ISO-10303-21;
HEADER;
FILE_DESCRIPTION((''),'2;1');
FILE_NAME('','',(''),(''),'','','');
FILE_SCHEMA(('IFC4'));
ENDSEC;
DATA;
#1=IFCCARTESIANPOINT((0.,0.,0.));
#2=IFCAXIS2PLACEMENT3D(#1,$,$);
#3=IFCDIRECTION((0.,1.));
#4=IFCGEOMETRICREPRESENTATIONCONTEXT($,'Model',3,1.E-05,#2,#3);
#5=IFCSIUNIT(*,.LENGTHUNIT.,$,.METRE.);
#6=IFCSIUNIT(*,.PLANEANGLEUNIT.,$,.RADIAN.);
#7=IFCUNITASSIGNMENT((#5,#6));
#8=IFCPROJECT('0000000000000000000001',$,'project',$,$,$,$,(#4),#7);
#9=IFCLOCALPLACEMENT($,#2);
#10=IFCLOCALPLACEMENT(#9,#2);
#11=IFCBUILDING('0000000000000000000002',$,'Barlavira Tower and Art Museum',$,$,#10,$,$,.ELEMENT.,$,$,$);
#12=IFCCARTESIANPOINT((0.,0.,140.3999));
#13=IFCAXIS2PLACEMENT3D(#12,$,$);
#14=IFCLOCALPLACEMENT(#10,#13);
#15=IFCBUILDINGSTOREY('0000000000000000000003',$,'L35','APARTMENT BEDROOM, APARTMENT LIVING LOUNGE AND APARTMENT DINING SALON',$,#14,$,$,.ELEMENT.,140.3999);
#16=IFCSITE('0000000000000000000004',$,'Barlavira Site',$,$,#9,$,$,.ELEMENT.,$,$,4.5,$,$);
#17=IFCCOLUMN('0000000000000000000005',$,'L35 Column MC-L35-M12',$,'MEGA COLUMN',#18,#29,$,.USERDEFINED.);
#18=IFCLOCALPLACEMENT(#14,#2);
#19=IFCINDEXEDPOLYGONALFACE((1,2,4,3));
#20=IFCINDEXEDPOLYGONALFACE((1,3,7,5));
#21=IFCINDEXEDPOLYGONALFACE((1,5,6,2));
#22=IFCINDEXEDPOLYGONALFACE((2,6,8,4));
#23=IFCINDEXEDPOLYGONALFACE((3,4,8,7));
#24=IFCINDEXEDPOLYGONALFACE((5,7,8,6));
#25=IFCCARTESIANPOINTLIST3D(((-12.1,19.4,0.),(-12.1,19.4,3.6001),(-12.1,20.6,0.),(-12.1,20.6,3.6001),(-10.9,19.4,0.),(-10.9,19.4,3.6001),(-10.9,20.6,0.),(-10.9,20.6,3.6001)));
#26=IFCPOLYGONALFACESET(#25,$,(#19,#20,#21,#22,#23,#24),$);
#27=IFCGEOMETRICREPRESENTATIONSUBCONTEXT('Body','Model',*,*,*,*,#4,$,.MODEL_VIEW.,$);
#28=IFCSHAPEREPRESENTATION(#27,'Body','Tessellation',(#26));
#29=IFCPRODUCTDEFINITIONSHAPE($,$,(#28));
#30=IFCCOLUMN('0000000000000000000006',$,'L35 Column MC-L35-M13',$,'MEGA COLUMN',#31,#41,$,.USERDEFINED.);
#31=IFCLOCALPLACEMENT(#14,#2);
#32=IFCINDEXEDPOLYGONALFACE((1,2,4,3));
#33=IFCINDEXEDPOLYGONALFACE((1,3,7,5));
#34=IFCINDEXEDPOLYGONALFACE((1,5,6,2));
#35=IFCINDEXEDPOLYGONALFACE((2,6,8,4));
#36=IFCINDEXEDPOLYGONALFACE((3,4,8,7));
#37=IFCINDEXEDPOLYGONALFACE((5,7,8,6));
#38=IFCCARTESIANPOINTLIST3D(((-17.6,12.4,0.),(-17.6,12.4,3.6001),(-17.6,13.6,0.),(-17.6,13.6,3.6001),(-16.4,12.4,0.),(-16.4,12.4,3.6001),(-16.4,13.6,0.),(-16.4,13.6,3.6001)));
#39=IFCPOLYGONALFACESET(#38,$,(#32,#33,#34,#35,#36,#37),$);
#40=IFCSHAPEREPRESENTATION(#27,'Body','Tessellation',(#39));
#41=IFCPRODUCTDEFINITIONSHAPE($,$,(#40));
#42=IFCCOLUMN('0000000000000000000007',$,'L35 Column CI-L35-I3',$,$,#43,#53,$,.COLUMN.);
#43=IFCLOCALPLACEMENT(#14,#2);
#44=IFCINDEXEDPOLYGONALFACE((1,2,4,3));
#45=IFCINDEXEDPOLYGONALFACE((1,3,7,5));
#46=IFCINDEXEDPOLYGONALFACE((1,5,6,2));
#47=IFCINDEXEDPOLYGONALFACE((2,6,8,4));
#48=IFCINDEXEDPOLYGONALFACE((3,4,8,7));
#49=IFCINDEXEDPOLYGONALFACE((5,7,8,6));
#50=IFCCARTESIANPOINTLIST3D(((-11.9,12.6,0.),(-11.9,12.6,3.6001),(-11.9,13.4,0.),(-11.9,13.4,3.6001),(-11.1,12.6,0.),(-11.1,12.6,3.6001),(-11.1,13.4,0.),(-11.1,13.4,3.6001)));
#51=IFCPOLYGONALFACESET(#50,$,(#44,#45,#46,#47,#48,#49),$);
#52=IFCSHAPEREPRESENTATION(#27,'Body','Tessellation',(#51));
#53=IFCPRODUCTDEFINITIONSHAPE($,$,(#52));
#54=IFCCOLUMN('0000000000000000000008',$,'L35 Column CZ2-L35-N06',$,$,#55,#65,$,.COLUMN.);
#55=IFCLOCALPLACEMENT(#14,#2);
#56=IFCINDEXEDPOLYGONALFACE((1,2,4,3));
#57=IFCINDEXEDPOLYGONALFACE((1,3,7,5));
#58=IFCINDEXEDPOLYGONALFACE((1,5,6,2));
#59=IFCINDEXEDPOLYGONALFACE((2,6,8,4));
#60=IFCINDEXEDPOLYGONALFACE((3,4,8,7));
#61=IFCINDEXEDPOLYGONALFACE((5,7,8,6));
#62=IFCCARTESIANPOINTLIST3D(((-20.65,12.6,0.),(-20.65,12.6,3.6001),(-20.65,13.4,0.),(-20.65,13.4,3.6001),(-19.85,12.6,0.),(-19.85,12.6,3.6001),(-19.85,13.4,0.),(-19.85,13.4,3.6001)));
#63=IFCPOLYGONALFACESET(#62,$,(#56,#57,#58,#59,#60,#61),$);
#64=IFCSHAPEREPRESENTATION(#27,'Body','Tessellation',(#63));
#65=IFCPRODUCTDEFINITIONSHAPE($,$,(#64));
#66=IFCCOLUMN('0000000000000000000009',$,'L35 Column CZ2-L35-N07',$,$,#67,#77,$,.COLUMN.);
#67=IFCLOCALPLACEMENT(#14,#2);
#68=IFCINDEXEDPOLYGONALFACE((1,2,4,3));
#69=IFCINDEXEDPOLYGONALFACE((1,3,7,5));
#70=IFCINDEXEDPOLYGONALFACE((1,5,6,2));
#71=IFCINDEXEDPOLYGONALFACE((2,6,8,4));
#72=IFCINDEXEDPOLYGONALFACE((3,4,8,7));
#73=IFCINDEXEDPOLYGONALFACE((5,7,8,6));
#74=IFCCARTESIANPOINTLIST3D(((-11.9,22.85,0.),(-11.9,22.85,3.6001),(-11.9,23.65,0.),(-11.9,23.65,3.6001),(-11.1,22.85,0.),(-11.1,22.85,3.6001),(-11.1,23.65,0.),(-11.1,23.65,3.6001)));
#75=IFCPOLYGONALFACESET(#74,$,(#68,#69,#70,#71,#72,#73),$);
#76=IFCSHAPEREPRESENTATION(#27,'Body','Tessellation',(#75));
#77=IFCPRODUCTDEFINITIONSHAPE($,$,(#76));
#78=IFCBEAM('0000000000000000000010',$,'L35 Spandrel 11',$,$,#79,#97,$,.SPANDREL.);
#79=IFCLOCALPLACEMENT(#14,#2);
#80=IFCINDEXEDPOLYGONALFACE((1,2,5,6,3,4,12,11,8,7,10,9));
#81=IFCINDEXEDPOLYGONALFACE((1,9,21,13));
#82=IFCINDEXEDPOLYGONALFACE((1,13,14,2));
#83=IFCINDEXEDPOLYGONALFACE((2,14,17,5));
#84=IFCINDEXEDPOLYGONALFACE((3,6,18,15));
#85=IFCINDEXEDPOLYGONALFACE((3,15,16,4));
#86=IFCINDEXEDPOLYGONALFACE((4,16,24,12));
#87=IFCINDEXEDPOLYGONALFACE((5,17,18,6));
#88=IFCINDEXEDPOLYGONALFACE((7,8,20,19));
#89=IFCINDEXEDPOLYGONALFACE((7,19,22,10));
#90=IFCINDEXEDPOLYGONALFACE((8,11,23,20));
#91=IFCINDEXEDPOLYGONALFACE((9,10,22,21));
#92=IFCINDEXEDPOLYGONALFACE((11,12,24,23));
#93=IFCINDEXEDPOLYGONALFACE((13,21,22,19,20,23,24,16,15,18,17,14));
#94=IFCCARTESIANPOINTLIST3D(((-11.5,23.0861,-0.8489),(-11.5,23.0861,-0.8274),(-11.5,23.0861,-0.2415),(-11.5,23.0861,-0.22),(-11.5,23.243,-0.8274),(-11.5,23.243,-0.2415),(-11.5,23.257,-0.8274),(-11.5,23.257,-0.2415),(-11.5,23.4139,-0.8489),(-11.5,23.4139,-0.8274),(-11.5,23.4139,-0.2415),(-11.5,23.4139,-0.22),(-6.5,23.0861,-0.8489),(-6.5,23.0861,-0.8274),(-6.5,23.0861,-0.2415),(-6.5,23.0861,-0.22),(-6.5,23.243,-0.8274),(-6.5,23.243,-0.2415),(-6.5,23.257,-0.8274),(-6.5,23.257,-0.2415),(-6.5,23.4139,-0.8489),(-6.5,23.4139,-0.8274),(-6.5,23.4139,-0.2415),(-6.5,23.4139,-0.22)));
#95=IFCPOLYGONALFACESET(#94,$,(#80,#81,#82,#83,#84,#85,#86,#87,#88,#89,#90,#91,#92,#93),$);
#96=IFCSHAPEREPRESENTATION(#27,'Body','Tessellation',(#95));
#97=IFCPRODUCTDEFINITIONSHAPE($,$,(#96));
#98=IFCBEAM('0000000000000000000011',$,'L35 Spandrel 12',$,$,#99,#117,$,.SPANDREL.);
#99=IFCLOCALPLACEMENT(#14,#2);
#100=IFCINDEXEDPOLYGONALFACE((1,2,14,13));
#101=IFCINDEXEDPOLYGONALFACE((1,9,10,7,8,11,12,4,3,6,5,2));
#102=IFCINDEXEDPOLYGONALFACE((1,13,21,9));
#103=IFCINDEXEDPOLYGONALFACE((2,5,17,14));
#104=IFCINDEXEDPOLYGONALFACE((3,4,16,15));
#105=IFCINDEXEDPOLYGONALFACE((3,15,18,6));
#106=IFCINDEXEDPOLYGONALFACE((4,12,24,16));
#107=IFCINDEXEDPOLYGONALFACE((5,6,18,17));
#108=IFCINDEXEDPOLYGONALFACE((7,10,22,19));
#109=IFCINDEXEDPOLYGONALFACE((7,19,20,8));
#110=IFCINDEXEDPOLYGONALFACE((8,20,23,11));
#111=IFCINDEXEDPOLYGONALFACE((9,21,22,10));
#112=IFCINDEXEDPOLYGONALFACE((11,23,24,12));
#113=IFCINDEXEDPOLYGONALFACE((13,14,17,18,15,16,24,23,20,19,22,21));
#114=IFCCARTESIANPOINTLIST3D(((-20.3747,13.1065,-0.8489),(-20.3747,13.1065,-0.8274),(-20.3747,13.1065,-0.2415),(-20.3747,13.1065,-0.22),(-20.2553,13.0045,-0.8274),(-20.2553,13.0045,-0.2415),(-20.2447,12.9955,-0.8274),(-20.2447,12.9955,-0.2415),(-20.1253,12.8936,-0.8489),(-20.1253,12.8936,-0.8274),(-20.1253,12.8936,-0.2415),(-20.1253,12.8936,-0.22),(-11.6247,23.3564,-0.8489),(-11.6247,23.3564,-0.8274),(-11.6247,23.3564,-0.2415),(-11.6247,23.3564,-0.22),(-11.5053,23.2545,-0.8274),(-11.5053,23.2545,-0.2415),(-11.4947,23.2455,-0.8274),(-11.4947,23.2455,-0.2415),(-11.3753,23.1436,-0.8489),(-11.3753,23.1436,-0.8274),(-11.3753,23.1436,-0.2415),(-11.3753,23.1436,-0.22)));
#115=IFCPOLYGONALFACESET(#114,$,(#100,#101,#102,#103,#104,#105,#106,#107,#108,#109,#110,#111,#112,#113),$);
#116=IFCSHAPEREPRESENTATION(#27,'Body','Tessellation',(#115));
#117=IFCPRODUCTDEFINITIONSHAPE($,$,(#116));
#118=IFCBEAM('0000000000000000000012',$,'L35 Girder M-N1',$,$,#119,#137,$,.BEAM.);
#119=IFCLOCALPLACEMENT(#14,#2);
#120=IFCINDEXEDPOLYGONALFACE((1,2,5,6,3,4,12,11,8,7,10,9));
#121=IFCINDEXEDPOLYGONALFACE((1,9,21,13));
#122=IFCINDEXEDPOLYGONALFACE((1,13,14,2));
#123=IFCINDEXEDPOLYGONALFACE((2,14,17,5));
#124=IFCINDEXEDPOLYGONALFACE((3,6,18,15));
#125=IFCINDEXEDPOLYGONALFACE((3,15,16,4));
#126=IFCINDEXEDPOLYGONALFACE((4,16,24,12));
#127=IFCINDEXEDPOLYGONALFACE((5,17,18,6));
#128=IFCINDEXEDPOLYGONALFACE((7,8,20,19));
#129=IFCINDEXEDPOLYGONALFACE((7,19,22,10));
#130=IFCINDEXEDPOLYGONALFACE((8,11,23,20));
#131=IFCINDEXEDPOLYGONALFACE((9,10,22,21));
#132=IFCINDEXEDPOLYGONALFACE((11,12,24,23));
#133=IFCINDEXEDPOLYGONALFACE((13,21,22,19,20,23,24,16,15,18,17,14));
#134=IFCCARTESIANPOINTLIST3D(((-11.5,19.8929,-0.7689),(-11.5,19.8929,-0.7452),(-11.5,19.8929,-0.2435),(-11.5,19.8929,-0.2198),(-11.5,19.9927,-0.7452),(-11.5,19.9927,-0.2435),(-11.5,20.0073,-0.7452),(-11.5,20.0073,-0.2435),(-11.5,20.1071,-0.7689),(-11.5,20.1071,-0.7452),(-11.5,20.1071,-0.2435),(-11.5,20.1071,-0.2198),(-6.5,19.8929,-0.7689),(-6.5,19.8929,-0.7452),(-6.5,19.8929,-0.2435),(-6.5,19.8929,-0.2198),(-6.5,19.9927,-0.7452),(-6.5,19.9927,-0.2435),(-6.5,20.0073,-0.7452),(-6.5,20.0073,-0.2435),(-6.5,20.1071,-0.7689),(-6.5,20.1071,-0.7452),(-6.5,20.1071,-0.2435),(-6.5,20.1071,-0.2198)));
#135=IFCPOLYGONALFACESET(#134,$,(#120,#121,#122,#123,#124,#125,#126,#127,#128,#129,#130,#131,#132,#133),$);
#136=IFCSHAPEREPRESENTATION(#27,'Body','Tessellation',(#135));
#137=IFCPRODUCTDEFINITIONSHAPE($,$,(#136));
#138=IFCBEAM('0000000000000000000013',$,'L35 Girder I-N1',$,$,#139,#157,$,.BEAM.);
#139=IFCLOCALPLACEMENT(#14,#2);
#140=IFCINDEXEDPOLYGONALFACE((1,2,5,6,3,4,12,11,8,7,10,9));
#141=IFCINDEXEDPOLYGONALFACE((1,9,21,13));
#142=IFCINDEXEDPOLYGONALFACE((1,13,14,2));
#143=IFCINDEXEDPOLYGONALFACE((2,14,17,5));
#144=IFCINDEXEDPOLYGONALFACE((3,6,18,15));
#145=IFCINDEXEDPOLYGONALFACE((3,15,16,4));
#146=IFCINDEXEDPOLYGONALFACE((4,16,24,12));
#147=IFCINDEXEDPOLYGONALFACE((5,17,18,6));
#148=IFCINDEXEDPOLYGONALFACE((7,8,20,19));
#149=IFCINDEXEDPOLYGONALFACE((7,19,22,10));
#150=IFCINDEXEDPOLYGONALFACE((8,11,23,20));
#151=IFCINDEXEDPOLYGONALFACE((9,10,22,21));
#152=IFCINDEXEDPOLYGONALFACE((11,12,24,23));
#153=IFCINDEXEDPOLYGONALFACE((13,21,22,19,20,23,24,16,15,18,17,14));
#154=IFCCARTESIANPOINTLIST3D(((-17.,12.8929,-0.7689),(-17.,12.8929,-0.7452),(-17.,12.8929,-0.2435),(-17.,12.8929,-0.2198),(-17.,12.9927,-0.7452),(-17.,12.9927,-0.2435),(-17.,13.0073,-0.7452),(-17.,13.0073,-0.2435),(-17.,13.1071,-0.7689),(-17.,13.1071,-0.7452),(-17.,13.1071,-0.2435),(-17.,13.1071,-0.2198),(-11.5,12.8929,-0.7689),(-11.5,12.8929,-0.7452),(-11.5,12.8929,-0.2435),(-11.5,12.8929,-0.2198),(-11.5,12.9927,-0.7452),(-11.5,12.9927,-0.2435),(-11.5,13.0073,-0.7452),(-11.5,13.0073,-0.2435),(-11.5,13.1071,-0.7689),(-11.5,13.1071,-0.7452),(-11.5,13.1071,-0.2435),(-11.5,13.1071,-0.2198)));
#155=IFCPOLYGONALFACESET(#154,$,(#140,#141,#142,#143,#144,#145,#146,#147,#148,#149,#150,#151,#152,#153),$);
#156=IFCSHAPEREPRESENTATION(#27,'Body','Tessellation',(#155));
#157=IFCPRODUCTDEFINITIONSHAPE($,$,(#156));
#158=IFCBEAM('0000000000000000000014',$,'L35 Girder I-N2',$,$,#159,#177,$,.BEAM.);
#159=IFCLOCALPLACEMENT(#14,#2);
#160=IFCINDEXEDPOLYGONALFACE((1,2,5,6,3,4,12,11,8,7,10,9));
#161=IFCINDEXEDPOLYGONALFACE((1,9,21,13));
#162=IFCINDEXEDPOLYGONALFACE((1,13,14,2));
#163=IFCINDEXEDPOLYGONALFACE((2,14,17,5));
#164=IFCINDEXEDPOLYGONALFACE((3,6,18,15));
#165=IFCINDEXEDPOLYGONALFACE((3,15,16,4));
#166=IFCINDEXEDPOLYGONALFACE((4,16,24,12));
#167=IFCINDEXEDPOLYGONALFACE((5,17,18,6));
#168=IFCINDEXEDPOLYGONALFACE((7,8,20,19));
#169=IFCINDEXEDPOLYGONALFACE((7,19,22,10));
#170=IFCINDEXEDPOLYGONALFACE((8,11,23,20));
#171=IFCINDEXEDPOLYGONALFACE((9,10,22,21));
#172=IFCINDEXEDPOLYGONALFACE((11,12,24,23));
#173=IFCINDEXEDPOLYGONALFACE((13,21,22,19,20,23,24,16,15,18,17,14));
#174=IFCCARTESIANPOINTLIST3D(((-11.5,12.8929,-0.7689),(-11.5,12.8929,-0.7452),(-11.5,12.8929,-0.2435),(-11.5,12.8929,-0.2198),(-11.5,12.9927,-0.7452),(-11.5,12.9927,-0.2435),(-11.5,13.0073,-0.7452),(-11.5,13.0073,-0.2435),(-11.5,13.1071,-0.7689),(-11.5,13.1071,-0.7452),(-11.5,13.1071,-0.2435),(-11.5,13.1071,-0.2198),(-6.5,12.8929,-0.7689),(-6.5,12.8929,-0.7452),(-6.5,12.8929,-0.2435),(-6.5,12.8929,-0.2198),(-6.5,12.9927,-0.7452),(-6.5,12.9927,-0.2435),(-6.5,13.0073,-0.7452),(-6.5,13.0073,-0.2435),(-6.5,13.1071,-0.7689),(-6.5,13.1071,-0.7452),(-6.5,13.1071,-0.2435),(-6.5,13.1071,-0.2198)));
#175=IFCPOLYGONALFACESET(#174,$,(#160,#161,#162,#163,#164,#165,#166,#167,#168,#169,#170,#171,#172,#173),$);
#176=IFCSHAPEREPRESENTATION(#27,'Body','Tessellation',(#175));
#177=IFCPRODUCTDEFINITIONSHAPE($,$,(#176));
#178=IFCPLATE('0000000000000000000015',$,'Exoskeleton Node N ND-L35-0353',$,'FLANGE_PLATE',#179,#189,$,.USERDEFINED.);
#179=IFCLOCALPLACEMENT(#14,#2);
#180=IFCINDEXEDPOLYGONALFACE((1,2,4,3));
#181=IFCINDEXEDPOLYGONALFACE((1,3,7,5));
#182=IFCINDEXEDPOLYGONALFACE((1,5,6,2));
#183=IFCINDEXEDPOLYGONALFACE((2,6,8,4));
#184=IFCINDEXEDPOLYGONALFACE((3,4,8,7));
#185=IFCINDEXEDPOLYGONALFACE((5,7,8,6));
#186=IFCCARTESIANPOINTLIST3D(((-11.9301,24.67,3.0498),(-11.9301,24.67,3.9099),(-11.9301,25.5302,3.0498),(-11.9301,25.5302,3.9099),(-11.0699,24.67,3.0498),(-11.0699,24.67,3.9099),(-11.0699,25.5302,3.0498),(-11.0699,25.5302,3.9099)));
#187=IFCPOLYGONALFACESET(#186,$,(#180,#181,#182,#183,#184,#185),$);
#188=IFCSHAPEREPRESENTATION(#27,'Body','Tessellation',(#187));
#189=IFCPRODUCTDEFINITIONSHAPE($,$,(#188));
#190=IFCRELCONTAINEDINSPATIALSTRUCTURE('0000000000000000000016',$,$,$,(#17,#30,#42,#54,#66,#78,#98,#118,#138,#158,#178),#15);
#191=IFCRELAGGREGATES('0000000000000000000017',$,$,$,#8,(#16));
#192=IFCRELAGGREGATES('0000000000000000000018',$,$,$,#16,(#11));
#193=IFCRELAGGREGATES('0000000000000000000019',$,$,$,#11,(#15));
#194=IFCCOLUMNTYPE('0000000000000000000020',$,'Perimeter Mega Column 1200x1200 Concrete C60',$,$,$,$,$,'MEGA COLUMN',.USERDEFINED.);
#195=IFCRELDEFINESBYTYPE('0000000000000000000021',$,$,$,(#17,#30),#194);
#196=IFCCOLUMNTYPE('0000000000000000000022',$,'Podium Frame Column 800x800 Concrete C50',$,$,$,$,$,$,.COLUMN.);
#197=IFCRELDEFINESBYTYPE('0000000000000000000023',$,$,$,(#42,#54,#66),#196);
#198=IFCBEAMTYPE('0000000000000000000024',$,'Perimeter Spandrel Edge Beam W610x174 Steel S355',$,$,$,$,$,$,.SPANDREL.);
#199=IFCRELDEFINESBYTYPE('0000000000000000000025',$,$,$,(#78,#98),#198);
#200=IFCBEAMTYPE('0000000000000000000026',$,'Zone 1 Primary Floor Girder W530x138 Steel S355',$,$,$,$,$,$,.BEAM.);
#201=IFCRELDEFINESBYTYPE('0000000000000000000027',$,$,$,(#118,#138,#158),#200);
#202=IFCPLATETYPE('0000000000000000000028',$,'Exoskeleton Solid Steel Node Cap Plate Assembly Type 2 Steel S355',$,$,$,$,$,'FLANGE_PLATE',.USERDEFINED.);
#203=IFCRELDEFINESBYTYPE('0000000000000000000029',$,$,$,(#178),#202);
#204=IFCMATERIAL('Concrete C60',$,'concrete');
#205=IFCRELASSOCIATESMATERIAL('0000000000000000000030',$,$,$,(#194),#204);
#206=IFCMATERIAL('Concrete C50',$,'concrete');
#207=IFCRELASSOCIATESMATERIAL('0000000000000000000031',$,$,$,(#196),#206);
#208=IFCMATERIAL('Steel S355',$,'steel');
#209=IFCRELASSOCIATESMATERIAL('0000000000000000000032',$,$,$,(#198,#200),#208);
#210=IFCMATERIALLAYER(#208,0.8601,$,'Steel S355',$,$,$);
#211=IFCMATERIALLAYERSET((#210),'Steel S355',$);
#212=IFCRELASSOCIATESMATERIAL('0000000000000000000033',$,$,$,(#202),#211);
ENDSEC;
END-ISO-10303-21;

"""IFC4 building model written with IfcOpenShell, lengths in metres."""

from ifc_helpers import new_model, si_unit, direction, frame, origin, origin_2d, place, context, subcontext, project, spatial, rectangle, i_section, extrude, material, layer, layer_set, material_profile, profile_set, type_object, element, save


model = new_model("IFC4")

# Units and contexts
model_context = context("Model", 3, precision=1e-05, world=origin(), true_north=direction((0.0, 1.0)))
body_context = subcontext(model_context, "Body", "Model", "MODEL_VIEW")
ifc_project = project(units=[si_unit("LENGTHUNIT", "METRE"), si_unit("PLANEANGLEUNIT", "RADIAN")], contexts=[model_context])

# Site, building, storey
site_placement = place(None, origin())
site = spatial("IfcSite", under=ifc_project, at=site_placement, Name="Barlavira Site", CompositionType="ELEMENT", RefElevation=4.5)
building_placement = place(site_placement, origin())
building = spatial("IfcBuilding", under=site, at=building_placement, Name="Barlavira Tower and Art Museum", CompositionType="ELEMENT")
storey_placement = place(building_placement, frame((0.0, 0.0, 140.3999)))
storey = spatial("IfcBuildingStorey", under=building, at=storey_placement, Name="L35", Description="APARTMENT BEDROOM, APARTMENT LIVING LOUNGE AND APARTMENT DINING SALON", CompositionType="ELEMENT", Elevation=140.3999)

# Columns
ifc_material_1 = material(Name="Concrete C60", Category="concrete")
ifc_material_profile_1 = material_profile(ifc_material_1, rectangle(XDim=1.2, YDim=1.2, at=origin_2d()), Name="RC-COL 1200x1200")
ifc_profile_set_1 = profile_set([ifc_material_profile_1], Name="Concrete C60")
column_type_1 = type_object("IfcColumnType", Name="Perimeter Mega Column 1200x1200 Concrete C60", ElementType="MEGA COLUMN", PredefinedType="USERDEFINED", material=ifc_profile_set_1)
for number, where, z_axis, x_axis, name in (
    (1, (-11.5, 20.0, 0.0), (0.0, 0.0, 1.0), (1.0, 0.0, 0.0), "L35 Column MC-L35-M12"),
    (2, (-17.0, 13.0, 0.0), (0.0, 0.0, 1.0), (1.0, 0.0, 0.0), "L35 Column MC-L35-M13"),
):
    element("IfcColumn", number, at=place(storey_placement, frame(where, z_axis=z_axis, x_axis=x_axis)), inside=storey, type_object=column_type_1, Name=name, ObjectType="MEGA COLUMN", PredefinedType="USERDEFINED", context=body_context, shape_type="SweptSolid", body=[
        extrude(rectangle(XDim=1.2, YDim=1.2, at=origin_2d()), origin(), (0.0, 0.0, 1.0), 3.6001),
    ])
ifc_material_2 = material(Name="Concrete C50", Category="concrete")
ifc_material_profile_2 = material_profile(ifc_material_2, rectangle(XDim=0.8, YDim=0.8, at=origin_2d()), Name="RC-COL 800x800")
ifc_profile_set_2 = profile_set([ifc_material_profile_2], Name="Concrete C50")
column_type_2 = type_object("IfcColumnType", Name="Podium Frame Column 800x800 Concrete C50", PredefinedType="COLUMN", material=ifc_profile_set_2)
for number, where, z_axis, x_axis, name in (
    (3, (-11.5, 13.0, 0.0), (0.0, 0.0, 1.0), (1.0, 0.0, 0.0), "L35 Column CI-L35-I3"),
    (4, (-20.25, 13.0, 0.0), (0.0, 0.0, 1.0), (1.0, 0.0, 0.0), "L35 Column CZ2-L35-N06"),
    (5, (-11.5, 23.25, 0.0), (0.0, 0.0, 1.0), (1.0, 0.0, 0.0), "L35 Column CZ2-L35-N07"),
):
    element("IfcColumn", number, at=place(storey_placement, frame(where, z_axis=z_axis, x_axis=x_axis)), inside=storey, type_object=column_type_2, Name=name, PredefinedType="COLUMN", context=body_context, shape_type="SweptSolid", body=[
        extrude(rectangle(XDim=0.8, YDim=0.8, at=origin_2d()), origin(), (0.0, 0.0, 1.0), 3.6001),
    ])

# Beams
ifc_material_3 = material(Name="Steel S355", Category="steel")
ifc_material_profile_3 = material_profile(ifc_material_3, i_section(OverallWidth=0.3279, OverallDepth=0.6289, WebThickness=0.0139, FlangeThickness=0.0215, at=origin_2d()), Name="W610x174.0")
ifc_profile_set_3 = profile_set([ifc_material_profile_3], Name="Steel S355")
beam_type_1 = type_object("IfcBeamType", Name="Perimeter Spandrel Edge Beam W610x174 Steel S355", PredefinedType="SPANDREL", material=ifc_profile_set_3)
beam_1_placement = place(storey_placement, frame((-11.5, 23.25, -0.5344), z_axis=(1.0, 0.0, 0.0), x_axis=(0.0, 1.0, 0.0)))
element("IfcBeam", 6, at=beam_1_placement, inside=storey, type_object=beam_type_1, Name="L35 Spandrel 11", PredefinedType="SPANDREL", context=body_context, shape_type="SweptSolid", body=[
    extrude(i_section(OverallWidth=0.3279, OverallDepth=0.6289, WebThickness=0.0139, FlangeThickness=0.0215, at=origin_2d()), origin(), (0.0, 0.0, 1.0), 5.0),
])
beam_2_placement = place(storey_placement, frame((-11.5, 23.25, -0.5344), z_axis=(-0.649262, -0.760565, 0.0), x_axis=(0.760565, -0.649262, 0.0)))
element("IfcBeam", 7, at=beam_2_placement, inside=storey, type_object=beam_type_1, Name="L35 Spandrel 12", PredefinedType="SPANDREL", context=body_context, shape_type="SweptSolid", body=[
    extrude(i_section(OverallWidth=0.3279, OverallDepth=0.6289, WebThickness=0.0139, FlangeThickness=0.0215, at=origin_2d()), origin(), (0.0, 0.0, 1.0), 13.4768),
])
ifc_material_profile_4 = material_profile(ifc_material_3, i_section(OverallWidth=0.2141, OverallDepth=0.5491, WebThickness=0.0146, FlangeThickness=0.0237, at=origin_2d()), Name="W530x138.0")
ifc_profile_set_4 = profile_set([ifc_material_profile_4], Name="Steel S355")
beam_type_2 = type_object("IfcBeamType", Name="Zone 1 Primary Floor Girder W530x138 Steel S355", PredefinedType="BEAM", material=ifc_profile_set_4)
beam_3_placement = place(storey_placement, frame((-11.5, 20.0, -0.4944), z_axis=(1.0, 0.0, 0.0), x_axis=(0.0, 1.0, 0.0)))
element("IfcBeam", 8, at=beam_3_placement, inside=storey, type_object=beam_type_2, Name="L35 Girder M-N1", PredefinedType="BEAM", context=body_context, shape_type="SweptSolid", body=[
    extrude(i_section(OverallWidth=0.2141, OverallDepth=0.5491, WebThickness=0.0146, FlangeThickness=0.0237, at=origin_2d()), origin(), (0.0, 0.0, 1.0), 5.0),
])
beam_4_placement = place(storey_placement, frame((-17.0, 13.0, -0.4944), z_axis=(1.0, 0.0, 0.0), x_axis=(0.0, 1.0, 0.0)))
element("IfcBeam", 9, at=beam_4_placement, inside=storey, type_object=beam_type_2, Name="L35 Girder I-N1", PredefinedType="BEAM", context=body_context, shape_type="SweptSolid", body=[
    extrude(i_section(OverallWidth=0.2141, OverallDepth=0.5491, WebThickness=0.0146, FlangeThickness=0.0237, at=origin_2d()), origin(), (0.0, 0.0, 1.0), 5.5),
])
beam_5_placement = place(storey_placement, frame((-11.5, 13.0, -0.4944), z_axis=(1.0, 0.0, 0.0), x_axis=(0.0, 1.0, 0.0)))
element("IfcBeam", 10, at=beam_5_placement, inside=storey, type_object=beam_type_2, Name="L35 Girder I-N2", PredefinedType="BEAM", context=body_context, shape_type="SweptSolid", body=[
    extrude(i_section(OverallWidth=0.2141, OverallDepth=0.5491, WebThickness=0.0146, FlangeThickness=0.0237, at=origin_2d()), origin(), (0.0, 0.0, 1.0), 5.0),
])

# Plate
ifc_layer_1 = layer(ifc_material_3, 0.8601, Name="Steel S355")
ifc_layer_set_1 = layer_set([ifc_layer_1], Name="Steel S355")
plate_type = type_object("IfcPlateType", Name="Exoskeleton Solid Steel Node Cap Plate Assembly Type 2 Steel S355", ElementType="FLANGE_PLATE", PredefinedType="USERDEFINED", material=ifc_layer_set_1)
for number, where, z_axis, x_axis, name in (
    (11, (-11.5, 25.1001, 3.0498), (0.0, 0.0, 1.0), (1.0, 0.0, 0.0), "Exoskeleton Node N ND-L35-0353"),
):
    element("IfcPlate", number, at=place(storey_placement, frame(where, z_axis=z_axis, x_axis=x_axis)), inside=storey, type_object=plate_type, Name=name, ObjectType="FLANGE_PLATE", PredefinedType="USERDEFINED", context=body_context, shape_type="SweptSolid", body=[
        extrude(rectangle(XDim=0.8601, YDim=0.8601, at=origin_2d()), origin(), (0.0, 0.0, 1.0), 0.8601),
    ])

save(model, "model.ifc")
